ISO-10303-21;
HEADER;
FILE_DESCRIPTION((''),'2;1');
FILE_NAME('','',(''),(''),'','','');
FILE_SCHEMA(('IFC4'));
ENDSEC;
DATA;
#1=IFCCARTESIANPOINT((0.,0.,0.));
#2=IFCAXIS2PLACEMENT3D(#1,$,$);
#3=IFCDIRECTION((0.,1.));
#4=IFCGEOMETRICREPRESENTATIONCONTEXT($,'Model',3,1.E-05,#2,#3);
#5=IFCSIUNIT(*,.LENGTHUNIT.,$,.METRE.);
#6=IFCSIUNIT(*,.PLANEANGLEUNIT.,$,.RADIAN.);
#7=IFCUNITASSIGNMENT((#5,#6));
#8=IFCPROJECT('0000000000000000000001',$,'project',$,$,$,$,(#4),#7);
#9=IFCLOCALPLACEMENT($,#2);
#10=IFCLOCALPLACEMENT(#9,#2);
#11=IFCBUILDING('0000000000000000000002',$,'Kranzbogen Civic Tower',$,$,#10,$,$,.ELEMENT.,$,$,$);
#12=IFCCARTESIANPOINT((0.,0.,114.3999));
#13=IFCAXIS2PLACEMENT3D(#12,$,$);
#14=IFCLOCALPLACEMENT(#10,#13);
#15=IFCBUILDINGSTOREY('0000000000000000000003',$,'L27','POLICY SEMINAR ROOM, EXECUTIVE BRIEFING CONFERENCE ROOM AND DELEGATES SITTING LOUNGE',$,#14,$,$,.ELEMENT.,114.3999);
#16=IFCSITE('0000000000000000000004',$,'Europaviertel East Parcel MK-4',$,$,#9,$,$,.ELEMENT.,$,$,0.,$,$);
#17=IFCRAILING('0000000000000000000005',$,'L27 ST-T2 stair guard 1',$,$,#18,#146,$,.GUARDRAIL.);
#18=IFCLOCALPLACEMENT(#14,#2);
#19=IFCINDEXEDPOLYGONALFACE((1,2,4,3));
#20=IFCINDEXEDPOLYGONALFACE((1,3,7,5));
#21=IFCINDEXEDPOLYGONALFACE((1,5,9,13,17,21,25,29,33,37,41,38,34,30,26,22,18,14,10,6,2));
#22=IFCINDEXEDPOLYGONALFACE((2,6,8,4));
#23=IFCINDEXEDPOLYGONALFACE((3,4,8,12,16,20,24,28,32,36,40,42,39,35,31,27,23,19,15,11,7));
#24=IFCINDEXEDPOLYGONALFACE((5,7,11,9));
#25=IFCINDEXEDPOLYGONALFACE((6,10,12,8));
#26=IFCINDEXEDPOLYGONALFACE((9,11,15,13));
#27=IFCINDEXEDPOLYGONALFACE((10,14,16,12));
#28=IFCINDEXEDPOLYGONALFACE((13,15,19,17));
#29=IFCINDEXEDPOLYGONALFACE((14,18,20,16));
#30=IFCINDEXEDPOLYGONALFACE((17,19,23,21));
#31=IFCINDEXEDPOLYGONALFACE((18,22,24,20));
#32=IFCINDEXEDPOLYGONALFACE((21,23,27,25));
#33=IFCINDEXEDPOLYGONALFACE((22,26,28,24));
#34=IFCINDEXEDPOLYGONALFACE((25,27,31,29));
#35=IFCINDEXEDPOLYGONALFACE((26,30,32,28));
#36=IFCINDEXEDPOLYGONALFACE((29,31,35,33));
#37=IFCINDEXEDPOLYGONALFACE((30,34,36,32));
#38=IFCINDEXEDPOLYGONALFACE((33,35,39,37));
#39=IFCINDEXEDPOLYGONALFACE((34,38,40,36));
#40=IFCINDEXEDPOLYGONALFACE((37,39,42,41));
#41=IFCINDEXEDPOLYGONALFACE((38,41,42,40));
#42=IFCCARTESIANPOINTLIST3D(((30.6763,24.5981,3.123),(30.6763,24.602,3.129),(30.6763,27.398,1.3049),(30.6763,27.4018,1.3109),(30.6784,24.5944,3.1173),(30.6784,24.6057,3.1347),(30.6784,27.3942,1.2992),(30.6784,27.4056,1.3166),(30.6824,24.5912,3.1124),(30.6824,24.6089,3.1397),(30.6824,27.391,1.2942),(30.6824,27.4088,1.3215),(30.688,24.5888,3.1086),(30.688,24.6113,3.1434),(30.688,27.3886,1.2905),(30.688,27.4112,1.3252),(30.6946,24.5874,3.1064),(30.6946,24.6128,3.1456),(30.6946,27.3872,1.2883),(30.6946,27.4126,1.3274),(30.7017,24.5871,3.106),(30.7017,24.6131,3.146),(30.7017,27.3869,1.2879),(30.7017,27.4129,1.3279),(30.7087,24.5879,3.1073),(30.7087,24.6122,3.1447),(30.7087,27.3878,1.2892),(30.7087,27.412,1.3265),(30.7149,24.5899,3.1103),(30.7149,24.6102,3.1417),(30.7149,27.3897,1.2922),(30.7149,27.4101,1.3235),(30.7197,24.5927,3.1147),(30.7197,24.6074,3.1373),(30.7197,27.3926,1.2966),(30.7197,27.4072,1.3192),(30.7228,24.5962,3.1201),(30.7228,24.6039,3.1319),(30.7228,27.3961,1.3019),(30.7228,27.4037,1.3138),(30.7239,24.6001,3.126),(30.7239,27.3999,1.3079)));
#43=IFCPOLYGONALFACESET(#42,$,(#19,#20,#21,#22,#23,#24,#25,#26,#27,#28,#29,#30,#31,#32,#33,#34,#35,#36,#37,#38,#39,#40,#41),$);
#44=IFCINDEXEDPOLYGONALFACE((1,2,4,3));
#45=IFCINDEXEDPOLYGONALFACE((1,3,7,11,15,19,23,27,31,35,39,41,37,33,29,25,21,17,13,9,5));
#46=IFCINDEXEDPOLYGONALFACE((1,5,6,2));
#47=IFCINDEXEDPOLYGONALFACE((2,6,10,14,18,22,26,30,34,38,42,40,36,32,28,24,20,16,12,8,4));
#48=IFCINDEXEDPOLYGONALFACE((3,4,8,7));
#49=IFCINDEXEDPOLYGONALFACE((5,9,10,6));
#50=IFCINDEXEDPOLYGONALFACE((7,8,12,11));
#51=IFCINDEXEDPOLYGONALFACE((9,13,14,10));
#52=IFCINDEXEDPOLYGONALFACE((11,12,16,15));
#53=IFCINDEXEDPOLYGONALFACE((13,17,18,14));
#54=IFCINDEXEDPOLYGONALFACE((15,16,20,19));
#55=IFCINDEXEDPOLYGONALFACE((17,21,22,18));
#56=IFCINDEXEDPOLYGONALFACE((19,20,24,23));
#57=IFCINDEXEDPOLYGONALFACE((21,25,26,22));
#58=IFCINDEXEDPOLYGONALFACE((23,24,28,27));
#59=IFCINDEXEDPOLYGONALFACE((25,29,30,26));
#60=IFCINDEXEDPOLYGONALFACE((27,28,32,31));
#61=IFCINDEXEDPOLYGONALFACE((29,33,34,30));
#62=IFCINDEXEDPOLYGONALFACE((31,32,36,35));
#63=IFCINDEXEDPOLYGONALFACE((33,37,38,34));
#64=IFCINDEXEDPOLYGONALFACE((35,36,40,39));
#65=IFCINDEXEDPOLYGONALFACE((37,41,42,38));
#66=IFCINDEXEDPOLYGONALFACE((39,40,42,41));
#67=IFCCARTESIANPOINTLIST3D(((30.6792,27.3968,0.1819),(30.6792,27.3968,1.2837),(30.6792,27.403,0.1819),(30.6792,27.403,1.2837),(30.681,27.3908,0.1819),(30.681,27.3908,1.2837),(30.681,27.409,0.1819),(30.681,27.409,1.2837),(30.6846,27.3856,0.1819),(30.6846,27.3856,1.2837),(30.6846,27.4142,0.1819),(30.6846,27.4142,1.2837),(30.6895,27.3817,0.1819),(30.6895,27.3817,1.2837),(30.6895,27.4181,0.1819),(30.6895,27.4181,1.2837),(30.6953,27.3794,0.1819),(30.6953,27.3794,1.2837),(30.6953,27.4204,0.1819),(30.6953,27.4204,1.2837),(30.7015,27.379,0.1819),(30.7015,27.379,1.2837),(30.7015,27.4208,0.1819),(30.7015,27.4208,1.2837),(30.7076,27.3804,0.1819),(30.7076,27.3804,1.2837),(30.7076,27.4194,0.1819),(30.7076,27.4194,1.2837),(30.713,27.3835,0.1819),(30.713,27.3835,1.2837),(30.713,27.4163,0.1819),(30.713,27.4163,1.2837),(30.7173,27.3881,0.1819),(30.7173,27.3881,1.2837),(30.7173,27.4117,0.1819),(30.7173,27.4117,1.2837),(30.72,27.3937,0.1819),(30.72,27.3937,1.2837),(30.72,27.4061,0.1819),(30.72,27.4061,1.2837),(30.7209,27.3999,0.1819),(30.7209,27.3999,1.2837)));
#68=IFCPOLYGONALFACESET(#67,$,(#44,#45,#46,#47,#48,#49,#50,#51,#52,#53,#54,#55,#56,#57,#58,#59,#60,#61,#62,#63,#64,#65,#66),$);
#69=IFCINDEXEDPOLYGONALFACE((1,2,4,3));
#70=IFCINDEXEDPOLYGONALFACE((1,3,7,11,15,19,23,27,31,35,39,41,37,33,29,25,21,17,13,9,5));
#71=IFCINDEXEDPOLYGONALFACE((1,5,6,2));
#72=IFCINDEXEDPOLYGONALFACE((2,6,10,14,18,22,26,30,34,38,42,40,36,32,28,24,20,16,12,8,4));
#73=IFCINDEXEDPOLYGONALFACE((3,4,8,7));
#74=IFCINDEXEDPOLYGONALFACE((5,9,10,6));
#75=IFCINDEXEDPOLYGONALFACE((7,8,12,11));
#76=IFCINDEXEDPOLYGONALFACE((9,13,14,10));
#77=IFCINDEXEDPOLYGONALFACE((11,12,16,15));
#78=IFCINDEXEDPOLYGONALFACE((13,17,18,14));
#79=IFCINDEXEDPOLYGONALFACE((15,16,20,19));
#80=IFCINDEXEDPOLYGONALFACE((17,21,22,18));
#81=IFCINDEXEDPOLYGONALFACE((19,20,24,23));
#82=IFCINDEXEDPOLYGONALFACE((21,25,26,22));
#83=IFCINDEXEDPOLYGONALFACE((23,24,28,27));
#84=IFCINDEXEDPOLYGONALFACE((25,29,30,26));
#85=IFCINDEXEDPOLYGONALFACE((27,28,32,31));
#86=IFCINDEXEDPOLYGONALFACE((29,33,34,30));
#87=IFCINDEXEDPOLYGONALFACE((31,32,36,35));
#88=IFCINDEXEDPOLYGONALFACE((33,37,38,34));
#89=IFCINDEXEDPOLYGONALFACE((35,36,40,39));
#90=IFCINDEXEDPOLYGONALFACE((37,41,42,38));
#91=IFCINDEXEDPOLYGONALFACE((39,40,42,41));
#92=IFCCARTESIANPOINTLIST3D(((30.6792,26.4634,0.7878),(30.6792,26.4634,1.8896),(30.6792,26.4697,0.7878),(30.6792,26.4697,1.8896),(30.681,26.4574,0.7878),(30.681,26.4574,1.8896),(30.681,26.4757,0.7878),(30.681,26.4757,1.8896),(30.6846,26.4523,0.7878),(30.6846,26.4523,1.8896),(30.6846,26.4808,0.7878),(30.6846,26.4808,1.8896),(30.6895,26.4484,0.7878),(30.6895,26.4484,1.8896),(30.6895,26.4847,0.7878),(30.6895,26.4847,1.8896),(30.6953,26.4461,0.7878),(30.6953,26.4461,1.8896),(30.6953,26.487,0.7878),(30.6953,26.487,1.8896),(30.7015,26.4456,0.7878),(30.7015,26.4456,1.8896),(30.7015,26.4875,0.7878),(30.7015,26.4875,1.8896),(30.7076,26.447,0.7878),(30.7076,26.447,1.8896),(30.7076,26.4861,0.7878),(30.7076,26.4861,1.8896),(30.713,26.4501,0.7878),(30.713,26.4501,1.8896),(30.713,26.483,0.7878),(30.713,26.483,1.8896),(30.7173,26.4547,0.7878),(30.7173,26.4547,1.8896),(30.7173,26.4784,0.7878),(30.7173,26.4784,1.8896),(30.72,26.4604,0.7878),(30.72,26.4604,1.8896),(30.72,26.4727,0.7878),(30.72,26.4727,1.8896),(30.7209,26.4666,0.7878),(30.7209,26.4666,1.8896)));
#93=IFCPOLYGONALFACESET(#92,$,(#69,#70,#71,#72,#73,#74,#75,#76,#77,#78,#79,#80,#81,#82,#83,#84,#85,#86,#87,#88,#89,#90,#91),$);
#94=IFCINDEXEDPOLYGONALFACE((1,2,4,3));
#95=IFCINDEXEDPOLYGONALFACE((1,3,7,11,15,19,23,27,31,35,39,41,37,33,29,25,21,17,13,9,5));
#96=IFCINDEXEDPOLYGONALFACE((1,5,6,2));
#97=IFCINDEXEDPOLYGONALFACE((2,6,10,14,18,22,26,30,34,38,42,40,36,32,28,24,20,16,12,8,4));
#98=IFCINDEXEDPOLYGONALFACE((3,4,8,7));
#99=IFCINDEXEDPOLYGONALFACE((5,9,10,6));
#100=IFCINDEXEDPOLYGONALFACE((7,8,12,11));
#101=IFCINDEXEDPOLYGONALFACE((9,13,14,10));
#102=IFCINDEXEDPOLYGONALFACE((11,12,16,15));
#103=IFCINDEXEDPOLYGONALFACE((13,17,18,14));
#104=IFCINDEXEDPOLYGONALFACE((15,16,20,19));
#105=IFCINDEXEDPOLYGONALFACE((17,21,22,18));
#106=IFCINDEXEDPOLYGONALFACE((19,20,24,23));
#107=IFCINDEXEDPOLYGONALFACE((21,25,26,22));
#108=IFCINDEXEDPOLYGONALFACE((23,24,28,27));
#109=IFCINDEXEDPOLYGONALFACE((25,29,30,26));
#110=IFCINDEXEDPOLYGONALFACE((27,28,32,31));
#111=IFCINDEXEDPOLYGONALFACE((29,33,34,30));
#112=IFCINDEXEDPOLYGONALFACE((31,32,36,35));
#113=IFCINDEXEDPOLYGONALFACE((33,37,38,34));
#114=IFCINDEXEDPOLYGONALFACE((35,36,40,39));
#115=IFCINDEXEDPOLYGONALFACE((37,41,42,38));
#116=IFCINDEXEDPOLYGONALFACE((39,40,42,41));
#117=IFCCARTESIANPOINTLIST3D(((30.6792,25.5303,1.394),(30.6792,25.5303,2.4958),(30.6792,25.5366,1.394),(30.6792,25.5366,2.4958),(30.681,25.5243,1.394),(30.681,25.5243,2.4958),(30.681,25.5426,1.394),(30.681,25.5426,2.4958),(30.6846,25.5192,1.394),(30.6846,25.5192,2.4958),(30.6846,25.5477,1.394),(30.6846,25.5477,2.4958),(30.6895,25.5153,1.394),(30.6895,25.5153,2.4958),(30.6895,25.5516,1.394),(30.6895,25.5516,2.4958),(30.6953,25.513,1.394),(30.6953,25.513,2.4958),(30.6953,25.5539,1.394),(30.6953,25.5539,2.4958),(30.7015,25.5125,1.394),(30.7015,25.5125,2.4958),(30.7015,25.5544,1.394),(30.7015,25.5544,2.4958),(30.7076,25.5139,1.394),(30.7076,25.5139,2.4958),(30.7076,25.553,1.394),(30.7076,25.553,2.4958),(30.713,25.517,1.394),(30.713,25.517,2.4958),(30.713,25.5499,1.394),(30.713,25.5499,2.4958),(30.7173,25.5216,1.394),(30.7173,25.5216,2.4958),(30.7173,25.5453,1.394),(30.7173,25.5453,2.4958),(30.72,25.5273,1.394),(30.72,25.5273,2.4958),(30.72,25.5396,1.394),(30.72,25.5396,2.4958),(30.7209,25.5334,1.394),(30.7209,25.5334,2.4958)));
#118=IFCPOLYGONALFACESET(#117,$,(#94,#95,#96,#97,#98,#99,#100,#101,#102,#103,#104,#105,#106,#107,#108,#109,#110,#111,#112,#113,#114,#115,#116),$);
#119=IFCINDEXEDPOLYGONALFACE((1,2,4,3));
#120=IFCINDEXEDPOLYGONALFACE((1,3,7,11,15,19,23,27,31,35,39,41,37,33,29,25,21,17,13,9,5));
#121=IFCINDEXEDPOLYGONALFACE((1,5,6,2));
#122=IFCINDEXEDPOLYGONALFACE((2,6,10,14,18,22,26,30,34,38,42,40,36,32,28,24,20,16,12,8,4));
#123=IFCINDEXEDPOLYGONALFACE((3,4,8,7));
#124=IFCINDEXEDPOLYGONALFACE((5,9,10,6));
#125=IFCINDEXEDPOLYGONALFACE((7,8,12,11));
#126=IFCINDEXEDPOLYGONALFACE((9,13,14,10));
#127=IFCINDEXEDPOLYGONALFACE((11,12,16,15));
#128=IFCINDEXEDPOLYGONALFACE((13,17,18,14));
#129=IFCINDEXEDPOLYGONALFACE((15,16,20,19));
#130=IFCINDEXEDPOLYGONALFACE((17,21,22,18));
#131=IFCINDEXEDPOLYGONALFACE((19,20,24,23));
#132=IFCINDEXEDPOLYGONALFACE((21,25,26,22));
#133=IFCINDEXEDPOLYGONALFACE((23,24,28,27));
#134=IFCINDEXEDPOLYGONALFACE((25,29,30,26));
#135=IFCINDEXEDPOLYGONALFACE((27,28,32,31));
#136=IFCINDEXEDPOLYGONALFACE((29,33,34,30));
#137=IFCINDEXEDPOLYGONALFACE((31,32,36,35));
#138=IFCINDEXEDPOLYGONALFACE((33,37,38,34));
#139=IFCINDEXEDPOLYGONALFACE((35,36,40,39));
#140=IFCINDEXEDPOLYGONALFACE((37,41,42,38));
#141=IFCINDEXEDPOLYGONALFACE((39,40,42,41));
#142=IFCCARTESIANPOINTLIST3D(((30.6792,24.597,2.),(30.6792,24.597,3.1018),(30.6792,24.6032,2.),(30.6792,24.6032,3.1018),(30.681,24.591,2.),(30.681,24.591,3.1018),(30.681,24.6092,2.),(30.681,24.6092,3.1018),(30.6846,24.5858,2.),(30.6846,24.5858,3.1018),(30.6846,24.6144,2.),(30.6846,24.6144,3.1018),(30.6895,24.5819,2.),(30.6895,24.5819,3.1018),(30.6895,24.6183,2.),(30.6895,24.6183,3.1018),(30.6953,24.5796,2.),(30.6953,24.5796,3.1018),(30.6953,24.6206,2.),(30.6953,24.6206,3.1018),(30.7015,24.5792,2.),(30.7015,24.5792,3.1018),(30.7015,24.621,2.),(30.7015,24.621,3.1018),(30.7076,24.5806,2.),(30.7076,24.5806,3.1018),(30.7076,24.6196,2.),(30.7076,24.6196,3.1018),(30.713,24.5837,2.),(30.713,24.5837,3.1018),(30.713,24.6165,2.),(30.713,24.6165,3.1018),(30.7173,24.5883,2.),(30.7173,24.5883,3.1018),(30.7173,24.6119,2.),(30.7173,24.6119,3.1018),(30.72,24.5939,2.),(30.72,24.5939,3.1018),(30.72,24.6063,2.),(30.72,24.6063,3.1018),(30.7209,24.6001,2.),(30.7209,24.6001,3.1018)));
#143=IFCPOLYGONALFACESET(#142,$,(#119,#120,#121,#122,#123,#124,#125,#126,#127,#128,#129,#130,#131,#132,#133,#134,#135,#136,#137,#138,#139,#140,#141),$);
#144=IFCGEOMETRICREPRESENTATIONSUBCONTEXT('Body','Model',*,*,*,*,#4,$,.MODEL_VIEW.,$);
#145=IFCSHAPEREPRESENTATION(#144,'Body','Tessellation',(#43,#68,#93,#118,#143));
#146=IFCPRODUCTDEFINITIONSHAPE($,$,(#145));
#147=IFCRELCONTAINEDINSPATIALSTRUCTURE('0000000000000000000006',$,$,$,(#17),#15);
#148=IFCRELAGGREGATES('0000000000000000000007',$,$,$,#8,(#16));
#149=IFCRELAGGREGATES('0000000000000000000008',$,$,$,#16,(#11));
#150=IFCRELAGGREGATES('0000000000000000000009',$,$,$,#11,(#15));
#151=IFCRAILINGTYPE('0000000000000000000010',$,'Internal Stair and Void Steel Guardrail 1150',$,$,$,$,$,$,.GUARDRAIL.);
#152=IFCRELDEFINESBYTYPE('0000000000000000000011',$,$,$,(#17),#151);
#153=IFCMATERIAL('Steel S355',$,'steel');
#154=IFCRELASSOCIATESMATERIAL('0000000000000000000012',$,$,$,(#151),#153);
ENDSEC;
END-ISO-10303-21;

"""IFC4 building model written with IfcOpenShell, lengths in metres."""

from ifc_helpers import new_model, si_unit, direction, frame, origin, origin_2d, place, context, subcontext, project, spatial, circle, extrude, material, type_object, element, save


model = new_model("IFC4")

# Units and contexts
model_context = context("Model", 3, precision=1e-05, world=origin(), true_north=direction((0.0, 1.0)))
body_context = subcontext(model_context, "Body", "Model", "MODEL_VIEW")
ifc_project = project(units=[si_unit("LENGTHUNIT", "METRE"), si_unit("PLANEANGLEUNIT", "RADIAN")], contexts=[model_context])

# Site, building, storey
site_placement = place(None, origin())
site = spatial("IfcSite", under=ifc_project, at=site_placement, Name="Europaviertel East Parcel MK-4", CompositionType="ELEMENT", RefElevation=0.0)
building_placement = place(site_placement, origin())
building = spatial("IfcBuilding", under=site, at=building_placement, Name="Kranzbogen Civic Tower", CompositionType="ELEMENT")
storey_placement = place(building_placement, frame((0.0, 0.0, 114.3999)))
storey = spatial("IfcBuildingStorey", under=building, at=storey_placement, Name="L27", Description="POLICY SEMINAR ROOM, EXECUTIVE BRIEFING CONFERENCE ROOM AND DELEGATES SITTING LOUNGE", CompositionType="ELEMENT", Elevation=114.3999)

# Shared definitions
ifc_material_1 = material(Name="Steel S355", Category="steel")

# Railing
railing_type_1 = type_object("IfcRailingType", Name="Internal Stair and Void Steel Guardrail 1150", PredefinedType="GUARDRAIL", material=ifc_material_1)
railing_1_placement = place(storey_placement, frame((30.7, 27.3999, 0.1819)))
element("IfcRailing", 1, at=railing_1_placement, inside=storey, type_object=railing_type_1, Name="L27 ST-T2 stair guard 1", PredefinedType="GUARDRAIL", context=body_context, shape_type="SweptSolid", body=[
    extrude(circle(Radius=0.0239, at=origin_2d()), frame((0.0, 0.0, 1.126), z_axis=(0.0, -0.838684, 0.544618), x_axis=(1.0, 0.0, 0.0)), (0.0, 0.0, 1.0), 3.3384),
    extrude(circle(Radius=0.021, at=origin_2d()), origin(), (0.0, 0.0, 1.0), 1.1018),
    extrude(circle(Radius=0.021, at=origin_2d()), frame((0.0, -0.9333, 0.606)), (0.0, 0.0, 1.0), 1.1018),
    extrude(circle(Radius=0.021, at=origin_2d()), frame((0.0, -1.8665, 1.2122)), (0.0, 0.0, 1.0), 1.1018),
    extrude(circle(Radius=0.021, at=origin_2d()), frame((0.0, -2.7998, 1.8181)), (0.0, 0.0, 1.0), 1.1018),
])

save(model, "model.ifc")
